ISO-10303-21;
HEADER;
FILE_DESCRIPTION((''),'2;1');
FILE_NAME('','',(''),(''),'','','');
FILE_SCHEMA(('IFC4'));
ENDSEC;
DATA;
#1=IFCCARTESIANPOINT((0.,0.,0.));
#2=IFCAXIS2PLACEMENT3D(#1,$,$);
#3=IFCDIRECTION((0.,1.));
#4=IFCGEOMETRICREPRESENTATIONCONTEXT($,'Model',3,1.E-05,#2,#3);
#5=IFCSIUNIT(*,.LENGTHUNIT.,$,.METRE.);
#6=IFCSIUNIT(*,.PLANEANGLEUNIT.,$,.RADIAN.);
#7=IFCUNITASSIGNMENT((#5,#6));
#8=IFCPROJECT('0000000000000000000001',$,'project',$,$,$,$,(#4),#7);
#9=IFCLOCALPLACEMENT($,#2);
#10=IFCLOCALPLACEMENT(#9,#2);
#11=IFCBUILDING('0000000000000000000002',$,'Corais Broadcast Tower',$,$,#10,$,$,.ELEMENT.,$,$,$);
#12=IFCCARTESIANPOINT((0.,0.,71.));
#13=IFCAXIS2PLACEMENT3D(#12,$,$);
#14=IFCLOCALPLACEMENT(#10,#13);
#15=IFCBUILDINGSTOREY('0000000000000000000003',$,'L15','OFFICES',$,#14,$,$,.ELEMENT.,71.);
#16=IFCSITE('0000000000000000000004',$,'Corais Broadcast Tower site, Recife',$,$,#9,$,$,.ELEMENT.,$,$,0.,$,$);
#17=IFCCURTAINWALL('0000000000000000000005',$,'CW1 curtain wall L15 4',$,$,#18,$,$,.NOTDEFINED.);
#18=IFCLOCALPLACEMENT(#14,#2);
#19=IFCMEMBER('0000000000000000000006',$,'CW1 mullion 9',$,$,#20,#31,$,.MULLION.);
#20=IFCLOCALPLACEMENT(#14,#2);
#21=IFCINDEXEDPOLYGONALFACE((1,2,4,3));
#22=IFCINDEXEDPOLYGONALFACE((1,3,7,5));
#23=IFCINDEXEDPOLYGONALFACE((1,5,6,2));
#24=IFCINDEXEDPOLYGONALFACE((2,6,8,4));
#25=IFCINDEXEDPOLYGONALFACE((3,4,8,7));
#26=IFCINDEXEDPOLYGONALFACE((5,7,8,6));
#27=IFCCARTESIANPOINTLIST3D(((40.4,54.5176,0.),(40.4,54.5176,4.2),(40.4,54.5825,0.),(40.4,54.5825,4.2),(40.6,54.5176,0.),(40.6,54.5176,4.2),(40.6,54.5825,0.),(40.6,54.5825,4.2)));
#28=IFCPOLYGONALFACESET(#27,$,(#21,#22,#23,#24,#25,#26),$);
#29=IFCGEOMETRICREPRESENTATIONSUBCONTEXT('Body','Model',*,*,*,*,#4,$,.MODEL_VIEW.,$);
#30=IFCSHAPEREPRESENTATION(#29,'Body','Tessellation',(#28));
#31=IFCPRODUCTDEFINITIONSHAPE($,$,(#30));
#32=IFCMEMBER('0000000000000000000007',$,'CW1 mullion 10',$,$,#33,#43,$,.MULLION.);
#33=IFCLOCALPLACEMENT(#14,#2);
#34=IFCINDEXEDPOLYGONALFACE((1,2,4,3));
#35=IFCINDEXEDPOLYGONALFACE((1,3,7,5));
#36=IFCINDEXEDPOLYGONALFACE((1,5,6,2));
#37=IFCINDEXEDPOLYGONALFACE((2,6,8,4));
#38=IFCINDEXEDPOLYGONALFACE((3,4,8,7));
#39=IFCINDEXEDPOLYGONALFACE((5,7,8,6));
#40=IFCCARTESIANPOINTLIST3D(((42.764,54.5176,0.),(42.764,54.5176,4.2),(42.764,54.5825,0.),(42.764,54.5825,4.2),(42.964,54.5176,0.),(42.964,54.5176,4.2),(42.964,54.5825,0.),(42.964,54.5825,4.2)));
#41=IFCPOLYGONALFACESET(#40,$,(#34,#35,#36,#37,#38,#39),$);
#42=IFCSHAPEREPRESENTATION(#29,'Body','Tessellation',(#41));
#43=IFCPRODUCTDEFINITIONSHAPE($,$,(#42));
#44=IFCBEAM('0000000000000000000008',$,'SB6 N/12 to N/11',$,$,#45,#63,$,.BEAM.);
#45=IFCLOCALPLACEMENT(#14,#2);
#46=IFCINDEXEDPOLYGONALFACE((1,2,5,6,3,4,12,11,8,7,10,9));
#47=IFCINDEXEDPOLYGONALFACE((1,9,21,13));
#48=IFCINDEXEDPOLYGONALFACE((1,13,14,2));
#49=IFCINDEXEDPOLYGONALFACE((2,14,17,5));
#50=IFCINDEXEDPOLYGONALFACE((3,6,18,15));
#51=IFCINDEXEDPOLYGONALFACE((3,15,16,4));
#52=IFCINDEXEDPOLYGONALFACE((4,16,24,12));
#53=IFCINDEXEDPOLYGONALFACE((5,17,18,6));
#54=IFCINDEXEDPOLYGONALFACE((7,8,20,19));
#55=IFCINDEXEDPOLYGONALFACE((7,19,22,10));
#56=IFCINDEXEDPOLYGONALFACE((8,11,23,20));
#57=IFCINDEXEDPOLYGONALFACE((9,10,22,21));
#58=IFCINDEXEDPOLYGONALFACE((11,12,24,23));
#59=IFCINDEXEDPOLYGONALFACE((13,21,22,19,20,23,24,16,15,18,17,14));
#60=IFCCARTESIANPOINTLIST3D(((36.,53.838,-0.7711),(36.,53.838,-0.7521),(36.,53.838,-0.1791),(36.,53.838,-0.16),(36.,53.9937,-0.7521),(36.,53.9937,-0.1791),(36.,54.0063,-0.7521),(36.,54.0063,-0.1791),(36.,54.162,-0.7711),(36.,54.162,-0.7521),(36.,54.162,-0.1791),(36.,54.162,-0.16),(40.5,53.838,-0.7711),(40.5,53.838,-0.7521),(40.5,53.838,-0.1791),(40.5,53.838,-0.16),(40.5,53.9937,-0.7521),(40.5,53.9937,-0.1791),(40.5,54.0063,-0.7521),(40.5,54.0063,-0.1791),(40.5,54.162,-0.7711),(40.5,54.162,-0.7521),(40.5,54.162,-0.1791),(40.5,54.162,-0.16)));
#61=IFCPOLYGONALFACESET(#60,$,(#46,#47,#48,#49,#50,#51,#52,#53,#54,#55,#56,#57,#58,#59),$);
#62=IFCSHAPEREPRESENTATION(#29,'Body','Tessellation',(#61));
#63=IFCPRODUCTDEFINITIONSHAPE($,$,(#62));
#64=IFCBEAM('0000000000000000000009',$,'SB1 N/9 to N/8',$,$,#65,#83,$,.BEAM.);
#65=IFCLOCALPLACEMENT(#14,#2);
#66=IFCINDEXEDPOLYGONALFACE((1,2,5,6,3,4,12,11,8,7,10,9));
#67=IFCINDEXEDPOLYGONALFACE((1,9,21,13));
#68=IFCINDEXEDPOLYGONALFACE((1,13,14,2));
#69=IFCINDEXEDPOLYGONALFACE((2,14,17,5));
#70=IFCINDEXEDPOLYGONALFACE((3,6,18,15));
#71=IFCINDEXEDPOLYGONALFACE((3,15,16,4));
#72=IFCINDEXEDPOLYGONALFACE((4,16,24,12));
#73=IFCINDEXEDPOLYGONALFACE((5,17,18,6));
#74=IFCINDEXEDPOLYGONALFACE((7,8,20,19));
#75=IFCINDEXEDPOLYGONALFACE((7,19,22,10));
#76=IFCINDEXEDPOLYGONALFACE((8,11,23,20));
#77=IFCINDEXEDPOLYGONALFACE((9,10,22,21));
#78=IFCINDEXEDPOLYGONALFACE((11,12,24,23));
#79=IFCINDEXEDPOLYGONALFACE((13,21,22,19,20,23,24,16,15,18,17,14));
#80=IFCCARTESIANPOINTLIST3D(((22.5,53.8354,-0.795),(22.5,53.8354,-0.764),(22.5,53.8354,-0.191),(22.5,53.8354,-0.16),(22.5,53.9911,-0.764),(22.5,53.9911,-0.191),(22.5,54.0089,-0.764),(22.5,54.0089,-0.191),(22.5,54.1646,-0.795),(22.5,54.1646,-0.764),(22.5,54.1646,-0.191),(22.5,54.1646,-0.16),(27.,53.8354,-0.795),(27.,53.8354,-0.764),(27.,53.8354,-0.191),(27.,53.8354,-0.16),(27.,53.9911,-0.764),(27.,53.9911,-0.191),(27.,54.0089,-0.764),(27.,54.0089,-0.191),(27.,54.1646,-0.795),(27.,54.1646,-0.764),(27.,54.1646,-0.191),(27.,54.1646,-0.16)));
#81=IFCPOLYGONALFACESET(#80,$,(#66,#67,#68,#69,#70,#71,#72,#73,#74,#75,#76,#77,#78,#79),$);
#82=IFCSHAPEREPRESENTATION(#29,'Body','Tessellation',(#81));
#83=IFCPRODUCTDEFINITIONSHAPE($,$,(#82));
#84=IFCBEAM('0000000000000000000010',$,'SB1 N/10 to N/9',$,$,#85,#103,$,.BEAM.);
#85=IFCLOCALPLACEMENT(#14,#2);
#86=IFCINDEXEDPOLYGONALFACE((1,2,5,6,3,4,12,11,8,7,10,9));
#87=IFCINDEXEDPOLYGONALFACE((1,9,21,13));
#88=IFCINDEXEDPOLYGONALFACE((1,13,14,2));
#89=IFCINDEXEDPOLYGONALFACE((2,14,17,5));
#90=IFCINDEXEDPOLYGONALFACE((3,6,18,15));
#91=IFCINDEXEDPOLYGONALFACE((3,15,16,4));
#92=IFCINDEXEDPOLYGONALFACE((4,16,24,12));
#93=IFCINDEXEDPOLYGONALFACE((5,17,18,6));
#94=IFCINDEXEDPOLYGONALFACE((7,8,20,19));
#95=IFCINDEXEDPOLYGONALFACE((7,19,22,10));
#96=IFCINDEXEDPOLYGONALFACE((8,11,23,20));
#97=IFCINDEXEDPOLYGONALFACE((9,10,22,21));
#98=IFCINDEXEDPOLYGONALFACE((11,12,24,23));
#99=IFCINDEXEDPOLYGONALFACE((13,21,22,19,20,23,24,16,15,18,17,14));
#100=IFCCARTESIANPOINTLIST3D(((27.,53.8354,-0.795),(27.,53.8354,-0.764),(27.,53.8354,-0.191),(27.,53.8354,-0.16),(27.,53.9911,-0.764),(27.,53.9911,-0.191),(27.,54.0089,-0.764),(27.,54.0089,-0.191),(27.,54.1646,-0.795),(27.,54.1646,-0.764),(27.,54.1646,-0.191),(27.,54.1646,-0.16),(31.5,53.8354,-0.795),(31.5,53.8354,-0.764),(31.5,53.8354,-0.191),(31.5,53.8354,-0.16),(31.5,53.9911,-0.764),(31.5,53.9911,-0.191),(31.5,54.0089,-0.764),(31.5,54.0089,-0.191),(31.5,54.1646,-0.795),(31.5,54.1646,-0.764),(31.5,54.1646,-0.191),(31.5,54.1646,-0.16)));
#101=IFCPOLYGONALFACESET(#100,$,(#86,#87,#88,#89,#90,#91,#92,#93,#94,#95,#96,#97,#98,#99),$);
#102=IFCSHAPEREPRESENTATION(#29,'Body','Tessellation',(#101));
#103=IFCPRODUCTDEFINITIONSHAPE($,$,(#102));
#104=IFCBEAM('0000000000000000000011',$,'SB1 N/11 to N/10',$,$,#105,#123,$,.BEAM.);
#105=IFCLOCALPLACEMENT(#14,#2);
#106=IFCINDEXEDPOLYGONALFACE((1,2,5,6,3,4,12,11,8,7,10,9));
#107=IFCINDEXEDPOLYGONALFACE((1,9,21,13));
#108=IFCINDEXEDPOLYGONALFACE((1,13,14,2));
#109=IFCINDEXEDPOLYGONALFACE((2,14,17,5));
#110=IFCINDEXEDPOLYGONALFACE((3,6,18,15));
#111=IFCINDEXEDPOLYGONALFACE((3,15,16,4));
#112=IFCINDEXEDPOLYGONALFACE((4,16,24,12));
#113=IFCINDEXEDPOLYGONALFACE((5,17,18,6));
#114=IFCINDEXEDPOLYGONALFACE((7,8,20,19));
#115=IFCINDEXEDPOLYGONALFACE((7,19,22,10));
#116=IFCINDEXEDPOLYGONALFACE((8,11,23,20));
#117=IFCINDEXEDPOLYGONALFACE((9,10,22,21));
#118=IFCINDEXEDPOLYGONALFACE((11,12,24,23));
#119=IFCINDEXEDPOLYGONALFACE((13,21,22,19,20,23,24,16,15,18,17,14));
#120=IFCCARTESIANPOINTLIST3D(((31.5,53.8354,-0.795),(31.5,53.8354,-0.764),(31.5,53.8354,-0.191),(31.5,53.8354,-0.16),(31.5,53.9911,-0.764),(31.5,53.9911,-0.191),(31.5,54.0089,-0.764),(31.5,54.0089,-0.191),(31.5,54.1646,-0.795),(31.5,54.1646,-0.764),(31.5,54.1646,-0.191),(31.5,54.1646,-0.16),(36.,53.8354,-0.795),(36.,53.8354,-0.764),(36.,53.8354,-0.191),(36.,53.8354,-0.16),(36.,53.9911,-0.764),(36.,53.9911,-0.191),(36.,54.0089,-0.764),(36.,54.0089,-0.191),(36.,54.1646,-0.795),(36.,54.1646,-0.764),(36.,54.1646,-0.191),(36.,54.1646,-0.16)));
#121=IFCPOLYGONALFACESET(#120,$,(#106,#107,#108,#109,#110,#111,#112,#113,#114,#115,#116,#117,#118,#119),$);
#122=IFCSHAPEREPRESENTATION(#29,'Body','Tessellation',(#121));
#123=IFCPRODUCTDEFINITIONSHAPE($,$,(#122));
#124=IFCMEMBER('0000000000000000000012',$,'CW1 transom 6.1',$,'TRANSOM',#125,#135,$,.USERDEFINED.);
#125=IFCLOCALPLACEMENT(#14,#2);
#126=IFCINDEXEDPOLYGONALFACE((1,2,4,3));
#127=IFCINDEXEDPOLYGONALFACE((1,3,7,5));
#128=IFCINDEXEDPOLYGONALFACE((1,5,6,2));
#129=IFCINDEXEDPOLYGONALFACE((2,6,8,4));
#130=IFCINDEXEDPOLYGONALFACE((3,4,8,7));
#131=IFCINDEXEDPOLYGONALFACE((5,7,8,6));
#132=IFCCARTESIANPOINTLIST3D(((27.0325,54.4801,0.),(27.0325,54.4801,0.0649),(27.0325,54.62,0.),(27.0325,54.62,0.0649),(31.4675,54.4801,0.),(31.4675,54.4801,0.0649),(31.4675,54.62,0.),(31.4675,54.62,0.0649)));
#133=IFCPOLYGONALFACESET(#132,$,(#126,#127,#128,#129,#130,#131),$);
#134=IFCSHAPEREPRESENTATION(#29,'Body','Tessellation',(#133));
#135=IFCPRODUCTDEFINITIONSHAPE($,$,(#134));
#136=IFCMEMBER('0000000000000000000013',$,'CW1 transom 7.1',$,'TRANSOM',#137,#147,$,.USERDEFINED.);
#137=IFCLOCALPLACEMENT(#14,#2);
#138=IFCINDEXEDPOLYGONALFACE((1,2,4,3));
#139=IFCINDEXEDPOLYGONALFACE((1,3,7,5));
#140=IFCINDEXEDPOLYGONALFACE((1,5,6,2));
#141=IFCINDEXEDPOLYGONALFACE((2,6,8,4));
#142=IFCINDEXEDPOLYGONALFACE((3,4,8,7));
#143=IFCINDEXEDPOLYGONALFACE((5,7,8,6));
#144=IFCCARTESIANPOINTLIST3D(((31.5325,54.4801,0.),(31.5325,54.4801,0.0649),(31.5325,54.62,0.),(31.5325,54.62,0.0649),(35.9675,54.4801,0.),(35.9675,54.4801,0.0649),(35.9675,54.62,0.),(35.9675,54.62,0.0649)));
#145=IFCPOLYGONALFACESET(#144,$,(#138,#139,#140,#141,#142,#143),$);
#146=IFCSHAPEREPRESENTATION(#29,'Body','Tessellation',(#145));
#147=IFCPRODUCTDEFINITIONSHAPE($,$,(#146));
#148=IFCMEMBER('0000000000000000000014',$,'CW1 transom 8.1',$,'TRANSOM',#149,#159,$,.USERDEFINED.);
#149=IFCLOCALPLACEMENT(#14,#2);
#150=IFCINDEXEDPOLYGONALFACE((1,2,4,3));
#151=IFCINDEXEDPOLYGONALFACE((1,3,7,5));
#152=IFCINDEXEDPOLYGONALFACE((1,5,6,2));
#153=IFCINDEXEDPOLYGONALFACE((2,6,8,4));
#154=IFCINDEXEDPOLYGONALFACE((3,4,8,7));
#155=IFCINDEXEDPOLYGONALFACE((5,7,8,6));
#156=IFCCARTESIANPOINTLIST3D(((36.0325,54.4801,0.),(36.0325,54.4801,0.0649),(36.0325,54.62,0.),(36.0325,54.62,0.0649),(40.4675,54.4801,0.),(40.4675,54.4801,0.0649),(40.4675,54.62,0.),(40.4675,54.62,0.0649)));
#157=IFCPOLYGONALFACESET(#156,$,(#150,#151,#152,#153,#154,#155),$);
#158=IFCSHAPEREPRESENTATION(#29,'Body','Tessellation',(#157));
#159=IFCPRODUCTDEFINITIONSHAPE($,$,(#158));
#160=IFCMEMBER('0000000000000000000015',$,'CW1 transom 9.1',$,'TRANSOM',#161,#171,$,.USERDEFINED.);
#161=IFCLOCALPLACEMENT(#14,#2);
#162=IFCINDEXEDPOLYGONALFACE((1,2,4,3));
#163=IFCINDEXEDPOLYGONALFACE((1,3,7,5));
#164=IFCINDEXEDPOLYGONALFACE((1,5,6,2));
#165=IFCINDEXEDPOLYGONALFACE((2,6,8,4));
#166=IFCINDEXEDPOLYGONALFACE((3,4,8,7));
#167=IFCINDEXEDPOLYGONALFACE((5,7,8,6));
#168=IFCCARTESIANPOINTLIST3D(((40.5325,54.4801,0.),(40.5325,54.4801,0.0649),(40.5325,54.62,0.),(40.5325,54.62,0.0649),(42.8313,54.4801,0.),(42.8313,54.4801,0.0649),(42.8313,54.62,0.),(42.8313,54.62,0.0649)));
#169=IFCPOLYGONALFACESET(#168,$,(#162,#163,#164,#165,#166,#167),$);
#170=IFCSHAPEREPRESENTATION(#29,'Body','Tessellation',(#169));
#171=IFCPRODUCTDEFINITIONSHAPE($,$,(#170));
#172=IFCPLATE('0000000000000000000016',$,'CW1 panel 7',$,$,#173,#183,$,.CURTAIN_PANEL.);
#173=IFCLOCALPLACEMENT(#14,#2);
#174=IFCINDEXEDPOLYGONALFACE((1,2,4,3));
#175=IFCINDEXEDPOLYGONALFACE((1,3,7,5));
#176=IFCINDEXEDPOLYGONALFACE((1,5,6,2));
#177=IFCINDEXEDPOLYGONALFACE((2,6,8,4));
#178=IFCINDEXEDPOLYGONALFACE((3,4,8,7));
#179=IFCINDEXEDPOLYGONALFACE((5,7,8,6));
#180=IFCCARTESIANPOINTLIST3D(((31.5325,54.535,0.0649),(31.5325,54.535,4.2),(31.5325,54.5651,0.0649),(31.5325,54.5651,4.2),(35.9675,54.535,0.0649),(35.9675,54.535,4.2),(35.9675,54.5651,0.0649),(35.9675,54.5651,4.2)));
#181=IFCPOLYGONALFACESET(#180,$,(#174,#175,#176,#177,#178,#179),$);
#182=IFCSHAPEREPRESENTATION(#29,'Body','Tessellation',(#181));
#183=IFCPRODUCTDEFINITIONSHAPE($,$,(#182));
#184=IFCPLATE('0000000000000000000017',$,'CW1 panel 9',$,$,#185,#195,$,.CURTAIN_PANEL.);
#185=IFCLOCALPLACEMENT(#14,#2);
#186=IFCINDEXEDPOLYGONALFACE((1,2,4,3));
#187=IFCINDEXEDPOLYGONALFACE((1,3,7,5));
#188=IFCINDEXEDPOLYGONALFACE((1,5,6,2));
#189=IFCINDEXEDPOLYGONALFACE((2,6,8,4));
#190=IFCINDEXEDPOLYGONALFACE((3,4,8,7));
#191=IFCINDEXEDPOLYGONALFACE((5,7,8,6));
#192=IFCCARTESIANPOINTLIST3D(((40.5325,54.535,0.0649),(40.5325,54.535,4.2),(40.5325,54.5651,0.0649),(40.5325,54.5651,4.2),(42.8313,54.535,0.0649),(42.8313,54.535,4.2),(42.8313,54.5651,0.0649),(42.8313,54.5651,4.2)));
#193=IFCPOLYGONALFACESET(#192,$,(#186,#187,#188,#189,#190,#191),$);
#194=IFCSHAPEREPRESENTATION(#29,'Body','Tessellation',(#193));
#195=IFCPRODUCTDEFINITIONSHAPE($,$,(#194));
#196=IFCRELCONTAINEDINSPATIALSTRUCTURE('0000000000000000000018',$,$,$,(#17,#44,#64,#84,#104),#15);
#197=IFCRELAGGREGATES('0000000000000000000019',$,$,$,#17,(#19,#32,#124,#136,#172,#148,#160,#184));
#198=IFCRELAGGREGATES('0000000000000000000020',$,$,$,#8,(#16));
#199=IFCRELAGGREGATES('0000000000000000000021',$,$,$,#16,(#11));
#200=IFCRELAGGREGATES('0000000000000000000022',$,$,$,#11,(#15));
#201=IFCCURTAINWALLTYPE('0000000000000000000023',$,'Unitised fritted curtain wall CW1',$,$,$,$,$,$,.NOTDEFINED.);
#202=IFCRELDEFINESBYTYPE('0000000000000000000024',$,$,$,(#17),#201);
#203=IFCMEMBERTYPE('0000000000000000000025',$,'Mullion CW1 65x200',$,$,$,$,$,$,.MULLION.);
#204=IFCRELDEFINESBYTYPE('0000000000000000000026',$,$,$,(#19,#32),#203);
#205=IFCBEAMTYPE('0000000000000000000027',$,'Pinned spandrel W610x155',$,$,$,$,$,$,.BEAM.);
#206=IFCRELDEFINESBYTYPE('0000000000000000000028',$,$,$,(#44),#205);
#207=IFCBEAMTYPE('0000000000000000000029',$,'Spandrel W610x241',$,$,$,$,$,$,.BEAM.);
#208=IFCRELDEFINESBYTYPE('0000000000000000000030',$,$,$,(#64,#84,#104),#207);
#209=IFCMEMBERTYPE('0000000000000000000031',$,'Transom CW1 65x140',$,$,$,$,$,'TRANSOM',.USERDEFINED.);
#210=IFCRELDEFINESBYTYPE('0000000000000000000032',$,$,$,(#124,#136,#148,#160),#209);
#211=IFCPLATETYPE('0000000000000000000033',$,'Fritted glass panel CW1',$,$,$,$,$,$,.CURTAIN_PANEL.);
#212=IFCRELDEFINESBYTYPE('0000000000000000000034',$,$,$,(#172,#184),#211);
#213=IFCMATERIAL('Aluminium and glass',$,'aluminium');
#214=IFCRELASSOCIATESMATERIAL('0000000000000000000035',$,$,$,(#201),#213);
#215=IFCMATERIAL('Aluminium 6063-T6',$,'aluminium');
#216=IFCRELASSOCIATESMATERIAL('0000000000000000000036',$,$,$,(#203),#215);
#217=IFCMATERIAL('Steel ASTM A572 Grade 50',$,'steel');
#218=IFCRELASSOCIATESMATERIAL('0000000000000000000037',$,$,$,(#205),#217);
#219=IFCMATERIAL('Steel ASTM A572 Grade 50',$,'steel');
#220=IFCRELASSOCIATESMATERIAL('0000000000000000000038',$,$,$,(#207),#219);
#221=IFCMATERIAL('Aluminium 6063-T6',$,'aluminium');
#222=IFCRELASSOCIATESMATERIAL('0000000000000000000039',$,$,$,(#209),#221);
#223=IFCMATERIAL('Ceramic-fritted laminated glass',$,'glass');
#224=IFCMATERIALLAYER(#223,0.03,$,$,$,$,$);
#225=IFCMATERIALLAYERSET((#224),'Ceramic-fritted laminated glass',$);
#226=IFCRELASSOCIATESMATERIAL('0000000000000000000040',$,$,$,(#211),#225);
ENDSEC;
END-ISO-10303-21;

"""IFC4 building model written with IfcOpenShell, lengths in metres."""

from ifc_helpers import new_model, si_unit, direction, frame, origin, origin_2d, place, context, subcontext, project, spatial, rectangle, i_section, extrude, material, layer, layer_set, material_profile, profile_set, type_object, element, aggregate, save


model = new_model("IFC4")

# Units and contexts
model_context = context("Model", 3, precision=1e-05, world=origin(), true_north=direction((0.0, 1.0)))
body_context = subcontext(model_context, "Body", "Model", "MODEL_VIEW")
ifc_project = project(units=[si_unit("LENGTHUNIT", "METRE"), si_unit("PLANEANGLEUNIT", "RADIAN")], contexts=[model_context])

# Site, building, storey
site_placement = place(None, origin())
site = spatial("IfcSite", under=ifc_project, at=site_placement, Name="Corais Broadcast Tower site, Recife", CompositionType="ELEMENT", RefElevation=0.0)
building_placement = place(site_placement, origin())
building = spatial("IfcBuilding", under=site, at=building_placement, Name="Corais Broadcast Tower", CompositionType="ELEMENT")
storey_placement = place(building_placement, frame((0.0, 0.0, 71.0)))
storey = spatial("IfcBuildingStorey", under=building, at=storey_placement, Name="L15", Description="OFFICES", CompositionType="ELEMENT", Elevation=71.0)

# Curtain wall, members
ifc_material_1 = material(Name="Aluminium and glass", Category="aluminium")
curtain_wall_type = type_object("IfcCurtainWallType", Name="Unitised fritted curtain wall CW1", PredefinedType="NOTDEFINED", material=ifc_material_1)
curtain_wall_placement = place(storey_placement, origin())
curtain_wall = element("IfcCurtainWall", 1, at=curtain_wall_placement, inside=storey, type_object=curtain_wall_type, Name="CW1 curtain wall L15 4", PredefinedType="NOTDEFINED")
ifc_material_2 = material(Name="Aluminium 6063-T6", Category="aluminium")
ifc_material_profile_1 = material_profile(ifc_material_2, rectangle(XDim=0.0649, YDim=0.2, at=origin_2d()), Name="Mullion CW1 65x200")
ifc_profile_set_1 = profile_set([ifc_material_profile_1], Name="Aluminium 6063-T6")
member_type_1 = type_object("IfcMemberType", Name="Mullion CW1 65x200", PredefinedType="MULLION", material=ifc_profile_set_1)
member_1_placement = place(storey_placement, frame((40.5, 54.55, 0.0), z_axis=(0.0, 0.0, 1.0), x_axis=(0.0, 1.0, 0.0)))
member_1 = element("IfcMember", 2, at=member_1_placement, type_object=member_type_1, Name="CW1 mullion 9", PredefinedType="MULLION", context=body_context, shape_type="SweptSolid", body=[
    extrude(rectangle(XDim=0.0649, YDim=0.2, at=origin_2d()), origin(), (0.0, 0.0, 1.0), 4.2),
])
member_2_placement = place(storey_placement, frame((42.864, 54.55, 0.0), z_axis=(0.0, 0.0, 1.0), x_axis=(0.0, 1.0, 0.0)))
member_2 = element("IfcMember", 3, at=member_2_placement, type_object=member_type_1, Name="CW1 mullion 10", PredefinedType="MULLION", context=body_context, shape_type="SweptSolid", body=[
    extrude(rectangle(XDim=0.0649, YDim=0.2, at=origin_2d()), origin(), (0.0, 0.0, 1.0), 4.2),
])

# Beams
ifc_material_3 = material(Name="Steel ASTM A572 Grade 50", Category="steel")
ifc_material_profile_2 = material_profile(ifc_material_3, i_section(OverallWidth=0.324, OverallDepth=0.6111, WebThickness=0.0127, FlangeThickness=0.019, at=origin_2d()), Name="W610x155")
ifc_profile_set_2 = profile_set([ifc_material_profile_2], Name="Steel ASTM A572 Grade 50")
beam_type_1 = type_object("IfcBeamType", Name="Pinned spandrel W610x155", PredefinedType="BEAM", material=ifc_profile_set_2)
beam_placement = place(storey_placement, frame((40.5, 54.0, -0.4656), z_axis=(-1.0, 0.0, 0.0), x_axis=(0.0, -1.0, 0.0)))
element("IfcBeam", 4, at=beam_placement, inside=storey, type_object=beam_type_1, Name="SB6 N/12 to N/11", PredefinedType="BEAM", context=body_context, shape_type="SweptSolid", body=[
    extrude(i_section(OverallWidth=0.324, OverallDepth=0.6111, WebThickness=0.0127, FlangeThickness=0.019, at=origin_2d()), origin(), (0.0, 0.0, 1.0), 4.5),
])
ifc_material_4 = material(Name="Steel ASTM A572 Grade 50", Category="steel")
ifc_material_profile_3 = material_profile(ifc_material_4, i_section(OverallWidth=0.3291, OverallDepth=0.635, WebThickness=0.0178, FlangeThickness=0.031, at=origin_2d()), Name="W610x241")
ifc_profile_set_3 = profile_set([ifc_material_profile_3], Name="Steel ASTM A572 Grade 50")
beam_type_2 = type_object("IfcBeamType", Name="Spandrel W610x241", PredefinedType="BEAM", material=ifc_profile_set_3)
for number, where, z_axis, x_axis, name in (
    (5, (27.0, 54.0, -0.4775), (-1.0, 0.0, 0.0), (0.0, -1.0, 0.0), "SB1 N/9 to N/8"),
    (6, (31.5, 54.0, -0.4775), (-1.0, 0.0, 0.0), (0.0, -1.0, 0.0), "SB1 N/10 to N/9"),
    (7, (36.0, 54.0, -0.4775), (-1.0, 0.0, 0.0), (0.0, -1.0, 0.0), "SB1 N/11 to N/10"),
):
    element("IfcBeam", number, at=place(storey_placement, frame(where, z_axis=z_axis, x_axis=x_axis)), inside=storey, type_object=beam_type_2, Name=name, PredefinedType="BEAM", context=body_context, shape_type="SweptSolid", body=[
        extrude(i_section(OverallWidth=0.3291, OverallDepth=0.635, WebThickness=0.0178, FlangeThickness=0.031, at=origin_2d()), origin(), (0.0, 0.0, 1.0), 4.5),
    ])

# Members
ifc_material_5 = material(Name="Aluminium 6063-T6", Category="aluminium")
ifc_material_profile_4 = material_profile(ifc_material_5, rectangle(XDim=0.1399, YDim=0.0649, at=origin_2d()), Name="Transom CW1 65x140")
ifc_profile_set_4 = profile_set([ifc_material_profile_4], Name="Aluminium 6063-T6")
member_type_2 = type_object("IfcMemberType", Name="Transom CW1 65x140", ElementType="TRANSOM", PredefinedType="USERDEFINED", material=ifc_profile_set_4)
member_3_placement = place(storey_placement, frame((27.0325, 54.55, 0.0325), z_axis=(1.0, 0.0, 0.0), x_axis=(0.0, 1.0, 0.0)))
member_3 = element("IfcMember", 8, at=member_3_placement, type_object=member_type_2, Name="CW1 transom 6.1", ObjectType="TRANSOM", PredefinedType="USERDEFINED", context=body_context, shape_type="SweptSolid", body=[
    extrude(rectangle(XDim=0.1399, YDim=0.0649, at=origin_2d()), origin(), (0.0, 0.0, 1.0), 4.4351),
])
member_4_placement = place(storey_placement, frame((31.5325, 54.55, 0.0325), z_axis=(1.0, 0.0, 0.0), x_axis=(0.0, 1.0, 0.0)))
member_4 = element("IfcMember", 9, at=member_4_placement, type_object=member_type_2, Name="CW1 transom 7.1", ObjectType="TRANSOM", PredefinedType="USERDEFINED", context=body_context, shape_type="SweptSolid", body=[
    extrude(rectangle(XDim=0.1399, YDim=0.0649, at=origin_2d()), origin(), (0.0, 0.0, 1.0), 4.4351),
])
member_5_placement = place(storey_placement, frame((36.0325, 54.55, 0.0325), z_axis=(1.0, 0.0, 0.0), x_axis=(0.0, 1.0, 0.0)))
member_5 = element("IfcMember", 10, at=member_5_placement, type_object=member_type_2, Name="CW1 transom 8.1", ObjectType="TRANSOM", PredefinedType="USERDEFINED", context=body_context, shape_type="SweptSolid", body=[
    extrude(rectangle(XDim=0.1399, YDim=0.0649, at=origin_2d()), origin(), (0.0, 0.0, 1.0), 4.4351),
])
member_6_placement = place(storey_placement, frame((40.5325, 54.55, 0.0325), z_axis=(1.0, 0.0, 0.0), x_axis=(0.0, 1.0, 0.0)))
member_6 = element("IfcMember", 11, at=member_6_placement, type_object=member_type_2, Name="CW1 transom 9.1", ObjectType="TRANSOM", PredefinedType="USERDEFINED", context=body_context, shape_type="SweptSolid", body=[
    extrude(rectangle(XDim=0.1399, YDim=0.0649, at=origin_2d()), origin(), (0.0, 0.0, 1.0), 2.2988),
])

# Plates
ifc_material_6 = material(Name="Ceramic-fritted laminated glass", Category="glass")
ifc_layer_1 = layer(ifc_material_6, 0.03)
ifc_layer_set_1 = layer_set([ifc_layer_1], Name="Ceramic-fritted laminated glass")
plate_type_1 = type_object("IfcPlateType", Name="Fritted glass panel CW1", PredefinedType="CURTAIN_PANEL", material=ifc_layer_set_1)
plate_1_placement = place(storey_placement, frame((33.75, 54.55, 0.0649), z_axis=(0.0, 0.0, 1.0), x_axis=(1.0, 0.0, 0.0)))
plate_1 = element("IfcPlate", 12, at=plate_1_placement, type_object=plate_type_1, Name="CW1 panel 7", PredefinedType="CURTAIN_PANEL", context=body_context, shape_type="SweptSolid", body=[
    extrude(rectangle(XDim=4.4351, YDim=0.03, at=origin_2d()), origin(), (0.0, 0.0, 1.0), 4.135),
])
plate_2_placement = place(storey_placement, frame((41.6819, 54.55, 0.0649), z_axis=(0.0, 0.0, 1.0), x_axis=(1.0, 0.0, 0.0)))
plate_2 = element("IfcPlate", 13, at=plate_2_placement, type_object=plate_type_1, Name="CW1 panel 9", PredefinedType="CURTAIN_PANEL", context=body_context, shape_type="SweptSolid", body=[
    extrude(rectangle(XDim=2.2988, YDim=0.03, at=origin_2d()), origin(), (0.0, 0.0, 1.0), 4.135),
])
aggregate(curtain_wall, [member_1, member_2, member_3, member_4, plate_1, member_5, member_6, plate_2])

save(model, "model.ifc")
